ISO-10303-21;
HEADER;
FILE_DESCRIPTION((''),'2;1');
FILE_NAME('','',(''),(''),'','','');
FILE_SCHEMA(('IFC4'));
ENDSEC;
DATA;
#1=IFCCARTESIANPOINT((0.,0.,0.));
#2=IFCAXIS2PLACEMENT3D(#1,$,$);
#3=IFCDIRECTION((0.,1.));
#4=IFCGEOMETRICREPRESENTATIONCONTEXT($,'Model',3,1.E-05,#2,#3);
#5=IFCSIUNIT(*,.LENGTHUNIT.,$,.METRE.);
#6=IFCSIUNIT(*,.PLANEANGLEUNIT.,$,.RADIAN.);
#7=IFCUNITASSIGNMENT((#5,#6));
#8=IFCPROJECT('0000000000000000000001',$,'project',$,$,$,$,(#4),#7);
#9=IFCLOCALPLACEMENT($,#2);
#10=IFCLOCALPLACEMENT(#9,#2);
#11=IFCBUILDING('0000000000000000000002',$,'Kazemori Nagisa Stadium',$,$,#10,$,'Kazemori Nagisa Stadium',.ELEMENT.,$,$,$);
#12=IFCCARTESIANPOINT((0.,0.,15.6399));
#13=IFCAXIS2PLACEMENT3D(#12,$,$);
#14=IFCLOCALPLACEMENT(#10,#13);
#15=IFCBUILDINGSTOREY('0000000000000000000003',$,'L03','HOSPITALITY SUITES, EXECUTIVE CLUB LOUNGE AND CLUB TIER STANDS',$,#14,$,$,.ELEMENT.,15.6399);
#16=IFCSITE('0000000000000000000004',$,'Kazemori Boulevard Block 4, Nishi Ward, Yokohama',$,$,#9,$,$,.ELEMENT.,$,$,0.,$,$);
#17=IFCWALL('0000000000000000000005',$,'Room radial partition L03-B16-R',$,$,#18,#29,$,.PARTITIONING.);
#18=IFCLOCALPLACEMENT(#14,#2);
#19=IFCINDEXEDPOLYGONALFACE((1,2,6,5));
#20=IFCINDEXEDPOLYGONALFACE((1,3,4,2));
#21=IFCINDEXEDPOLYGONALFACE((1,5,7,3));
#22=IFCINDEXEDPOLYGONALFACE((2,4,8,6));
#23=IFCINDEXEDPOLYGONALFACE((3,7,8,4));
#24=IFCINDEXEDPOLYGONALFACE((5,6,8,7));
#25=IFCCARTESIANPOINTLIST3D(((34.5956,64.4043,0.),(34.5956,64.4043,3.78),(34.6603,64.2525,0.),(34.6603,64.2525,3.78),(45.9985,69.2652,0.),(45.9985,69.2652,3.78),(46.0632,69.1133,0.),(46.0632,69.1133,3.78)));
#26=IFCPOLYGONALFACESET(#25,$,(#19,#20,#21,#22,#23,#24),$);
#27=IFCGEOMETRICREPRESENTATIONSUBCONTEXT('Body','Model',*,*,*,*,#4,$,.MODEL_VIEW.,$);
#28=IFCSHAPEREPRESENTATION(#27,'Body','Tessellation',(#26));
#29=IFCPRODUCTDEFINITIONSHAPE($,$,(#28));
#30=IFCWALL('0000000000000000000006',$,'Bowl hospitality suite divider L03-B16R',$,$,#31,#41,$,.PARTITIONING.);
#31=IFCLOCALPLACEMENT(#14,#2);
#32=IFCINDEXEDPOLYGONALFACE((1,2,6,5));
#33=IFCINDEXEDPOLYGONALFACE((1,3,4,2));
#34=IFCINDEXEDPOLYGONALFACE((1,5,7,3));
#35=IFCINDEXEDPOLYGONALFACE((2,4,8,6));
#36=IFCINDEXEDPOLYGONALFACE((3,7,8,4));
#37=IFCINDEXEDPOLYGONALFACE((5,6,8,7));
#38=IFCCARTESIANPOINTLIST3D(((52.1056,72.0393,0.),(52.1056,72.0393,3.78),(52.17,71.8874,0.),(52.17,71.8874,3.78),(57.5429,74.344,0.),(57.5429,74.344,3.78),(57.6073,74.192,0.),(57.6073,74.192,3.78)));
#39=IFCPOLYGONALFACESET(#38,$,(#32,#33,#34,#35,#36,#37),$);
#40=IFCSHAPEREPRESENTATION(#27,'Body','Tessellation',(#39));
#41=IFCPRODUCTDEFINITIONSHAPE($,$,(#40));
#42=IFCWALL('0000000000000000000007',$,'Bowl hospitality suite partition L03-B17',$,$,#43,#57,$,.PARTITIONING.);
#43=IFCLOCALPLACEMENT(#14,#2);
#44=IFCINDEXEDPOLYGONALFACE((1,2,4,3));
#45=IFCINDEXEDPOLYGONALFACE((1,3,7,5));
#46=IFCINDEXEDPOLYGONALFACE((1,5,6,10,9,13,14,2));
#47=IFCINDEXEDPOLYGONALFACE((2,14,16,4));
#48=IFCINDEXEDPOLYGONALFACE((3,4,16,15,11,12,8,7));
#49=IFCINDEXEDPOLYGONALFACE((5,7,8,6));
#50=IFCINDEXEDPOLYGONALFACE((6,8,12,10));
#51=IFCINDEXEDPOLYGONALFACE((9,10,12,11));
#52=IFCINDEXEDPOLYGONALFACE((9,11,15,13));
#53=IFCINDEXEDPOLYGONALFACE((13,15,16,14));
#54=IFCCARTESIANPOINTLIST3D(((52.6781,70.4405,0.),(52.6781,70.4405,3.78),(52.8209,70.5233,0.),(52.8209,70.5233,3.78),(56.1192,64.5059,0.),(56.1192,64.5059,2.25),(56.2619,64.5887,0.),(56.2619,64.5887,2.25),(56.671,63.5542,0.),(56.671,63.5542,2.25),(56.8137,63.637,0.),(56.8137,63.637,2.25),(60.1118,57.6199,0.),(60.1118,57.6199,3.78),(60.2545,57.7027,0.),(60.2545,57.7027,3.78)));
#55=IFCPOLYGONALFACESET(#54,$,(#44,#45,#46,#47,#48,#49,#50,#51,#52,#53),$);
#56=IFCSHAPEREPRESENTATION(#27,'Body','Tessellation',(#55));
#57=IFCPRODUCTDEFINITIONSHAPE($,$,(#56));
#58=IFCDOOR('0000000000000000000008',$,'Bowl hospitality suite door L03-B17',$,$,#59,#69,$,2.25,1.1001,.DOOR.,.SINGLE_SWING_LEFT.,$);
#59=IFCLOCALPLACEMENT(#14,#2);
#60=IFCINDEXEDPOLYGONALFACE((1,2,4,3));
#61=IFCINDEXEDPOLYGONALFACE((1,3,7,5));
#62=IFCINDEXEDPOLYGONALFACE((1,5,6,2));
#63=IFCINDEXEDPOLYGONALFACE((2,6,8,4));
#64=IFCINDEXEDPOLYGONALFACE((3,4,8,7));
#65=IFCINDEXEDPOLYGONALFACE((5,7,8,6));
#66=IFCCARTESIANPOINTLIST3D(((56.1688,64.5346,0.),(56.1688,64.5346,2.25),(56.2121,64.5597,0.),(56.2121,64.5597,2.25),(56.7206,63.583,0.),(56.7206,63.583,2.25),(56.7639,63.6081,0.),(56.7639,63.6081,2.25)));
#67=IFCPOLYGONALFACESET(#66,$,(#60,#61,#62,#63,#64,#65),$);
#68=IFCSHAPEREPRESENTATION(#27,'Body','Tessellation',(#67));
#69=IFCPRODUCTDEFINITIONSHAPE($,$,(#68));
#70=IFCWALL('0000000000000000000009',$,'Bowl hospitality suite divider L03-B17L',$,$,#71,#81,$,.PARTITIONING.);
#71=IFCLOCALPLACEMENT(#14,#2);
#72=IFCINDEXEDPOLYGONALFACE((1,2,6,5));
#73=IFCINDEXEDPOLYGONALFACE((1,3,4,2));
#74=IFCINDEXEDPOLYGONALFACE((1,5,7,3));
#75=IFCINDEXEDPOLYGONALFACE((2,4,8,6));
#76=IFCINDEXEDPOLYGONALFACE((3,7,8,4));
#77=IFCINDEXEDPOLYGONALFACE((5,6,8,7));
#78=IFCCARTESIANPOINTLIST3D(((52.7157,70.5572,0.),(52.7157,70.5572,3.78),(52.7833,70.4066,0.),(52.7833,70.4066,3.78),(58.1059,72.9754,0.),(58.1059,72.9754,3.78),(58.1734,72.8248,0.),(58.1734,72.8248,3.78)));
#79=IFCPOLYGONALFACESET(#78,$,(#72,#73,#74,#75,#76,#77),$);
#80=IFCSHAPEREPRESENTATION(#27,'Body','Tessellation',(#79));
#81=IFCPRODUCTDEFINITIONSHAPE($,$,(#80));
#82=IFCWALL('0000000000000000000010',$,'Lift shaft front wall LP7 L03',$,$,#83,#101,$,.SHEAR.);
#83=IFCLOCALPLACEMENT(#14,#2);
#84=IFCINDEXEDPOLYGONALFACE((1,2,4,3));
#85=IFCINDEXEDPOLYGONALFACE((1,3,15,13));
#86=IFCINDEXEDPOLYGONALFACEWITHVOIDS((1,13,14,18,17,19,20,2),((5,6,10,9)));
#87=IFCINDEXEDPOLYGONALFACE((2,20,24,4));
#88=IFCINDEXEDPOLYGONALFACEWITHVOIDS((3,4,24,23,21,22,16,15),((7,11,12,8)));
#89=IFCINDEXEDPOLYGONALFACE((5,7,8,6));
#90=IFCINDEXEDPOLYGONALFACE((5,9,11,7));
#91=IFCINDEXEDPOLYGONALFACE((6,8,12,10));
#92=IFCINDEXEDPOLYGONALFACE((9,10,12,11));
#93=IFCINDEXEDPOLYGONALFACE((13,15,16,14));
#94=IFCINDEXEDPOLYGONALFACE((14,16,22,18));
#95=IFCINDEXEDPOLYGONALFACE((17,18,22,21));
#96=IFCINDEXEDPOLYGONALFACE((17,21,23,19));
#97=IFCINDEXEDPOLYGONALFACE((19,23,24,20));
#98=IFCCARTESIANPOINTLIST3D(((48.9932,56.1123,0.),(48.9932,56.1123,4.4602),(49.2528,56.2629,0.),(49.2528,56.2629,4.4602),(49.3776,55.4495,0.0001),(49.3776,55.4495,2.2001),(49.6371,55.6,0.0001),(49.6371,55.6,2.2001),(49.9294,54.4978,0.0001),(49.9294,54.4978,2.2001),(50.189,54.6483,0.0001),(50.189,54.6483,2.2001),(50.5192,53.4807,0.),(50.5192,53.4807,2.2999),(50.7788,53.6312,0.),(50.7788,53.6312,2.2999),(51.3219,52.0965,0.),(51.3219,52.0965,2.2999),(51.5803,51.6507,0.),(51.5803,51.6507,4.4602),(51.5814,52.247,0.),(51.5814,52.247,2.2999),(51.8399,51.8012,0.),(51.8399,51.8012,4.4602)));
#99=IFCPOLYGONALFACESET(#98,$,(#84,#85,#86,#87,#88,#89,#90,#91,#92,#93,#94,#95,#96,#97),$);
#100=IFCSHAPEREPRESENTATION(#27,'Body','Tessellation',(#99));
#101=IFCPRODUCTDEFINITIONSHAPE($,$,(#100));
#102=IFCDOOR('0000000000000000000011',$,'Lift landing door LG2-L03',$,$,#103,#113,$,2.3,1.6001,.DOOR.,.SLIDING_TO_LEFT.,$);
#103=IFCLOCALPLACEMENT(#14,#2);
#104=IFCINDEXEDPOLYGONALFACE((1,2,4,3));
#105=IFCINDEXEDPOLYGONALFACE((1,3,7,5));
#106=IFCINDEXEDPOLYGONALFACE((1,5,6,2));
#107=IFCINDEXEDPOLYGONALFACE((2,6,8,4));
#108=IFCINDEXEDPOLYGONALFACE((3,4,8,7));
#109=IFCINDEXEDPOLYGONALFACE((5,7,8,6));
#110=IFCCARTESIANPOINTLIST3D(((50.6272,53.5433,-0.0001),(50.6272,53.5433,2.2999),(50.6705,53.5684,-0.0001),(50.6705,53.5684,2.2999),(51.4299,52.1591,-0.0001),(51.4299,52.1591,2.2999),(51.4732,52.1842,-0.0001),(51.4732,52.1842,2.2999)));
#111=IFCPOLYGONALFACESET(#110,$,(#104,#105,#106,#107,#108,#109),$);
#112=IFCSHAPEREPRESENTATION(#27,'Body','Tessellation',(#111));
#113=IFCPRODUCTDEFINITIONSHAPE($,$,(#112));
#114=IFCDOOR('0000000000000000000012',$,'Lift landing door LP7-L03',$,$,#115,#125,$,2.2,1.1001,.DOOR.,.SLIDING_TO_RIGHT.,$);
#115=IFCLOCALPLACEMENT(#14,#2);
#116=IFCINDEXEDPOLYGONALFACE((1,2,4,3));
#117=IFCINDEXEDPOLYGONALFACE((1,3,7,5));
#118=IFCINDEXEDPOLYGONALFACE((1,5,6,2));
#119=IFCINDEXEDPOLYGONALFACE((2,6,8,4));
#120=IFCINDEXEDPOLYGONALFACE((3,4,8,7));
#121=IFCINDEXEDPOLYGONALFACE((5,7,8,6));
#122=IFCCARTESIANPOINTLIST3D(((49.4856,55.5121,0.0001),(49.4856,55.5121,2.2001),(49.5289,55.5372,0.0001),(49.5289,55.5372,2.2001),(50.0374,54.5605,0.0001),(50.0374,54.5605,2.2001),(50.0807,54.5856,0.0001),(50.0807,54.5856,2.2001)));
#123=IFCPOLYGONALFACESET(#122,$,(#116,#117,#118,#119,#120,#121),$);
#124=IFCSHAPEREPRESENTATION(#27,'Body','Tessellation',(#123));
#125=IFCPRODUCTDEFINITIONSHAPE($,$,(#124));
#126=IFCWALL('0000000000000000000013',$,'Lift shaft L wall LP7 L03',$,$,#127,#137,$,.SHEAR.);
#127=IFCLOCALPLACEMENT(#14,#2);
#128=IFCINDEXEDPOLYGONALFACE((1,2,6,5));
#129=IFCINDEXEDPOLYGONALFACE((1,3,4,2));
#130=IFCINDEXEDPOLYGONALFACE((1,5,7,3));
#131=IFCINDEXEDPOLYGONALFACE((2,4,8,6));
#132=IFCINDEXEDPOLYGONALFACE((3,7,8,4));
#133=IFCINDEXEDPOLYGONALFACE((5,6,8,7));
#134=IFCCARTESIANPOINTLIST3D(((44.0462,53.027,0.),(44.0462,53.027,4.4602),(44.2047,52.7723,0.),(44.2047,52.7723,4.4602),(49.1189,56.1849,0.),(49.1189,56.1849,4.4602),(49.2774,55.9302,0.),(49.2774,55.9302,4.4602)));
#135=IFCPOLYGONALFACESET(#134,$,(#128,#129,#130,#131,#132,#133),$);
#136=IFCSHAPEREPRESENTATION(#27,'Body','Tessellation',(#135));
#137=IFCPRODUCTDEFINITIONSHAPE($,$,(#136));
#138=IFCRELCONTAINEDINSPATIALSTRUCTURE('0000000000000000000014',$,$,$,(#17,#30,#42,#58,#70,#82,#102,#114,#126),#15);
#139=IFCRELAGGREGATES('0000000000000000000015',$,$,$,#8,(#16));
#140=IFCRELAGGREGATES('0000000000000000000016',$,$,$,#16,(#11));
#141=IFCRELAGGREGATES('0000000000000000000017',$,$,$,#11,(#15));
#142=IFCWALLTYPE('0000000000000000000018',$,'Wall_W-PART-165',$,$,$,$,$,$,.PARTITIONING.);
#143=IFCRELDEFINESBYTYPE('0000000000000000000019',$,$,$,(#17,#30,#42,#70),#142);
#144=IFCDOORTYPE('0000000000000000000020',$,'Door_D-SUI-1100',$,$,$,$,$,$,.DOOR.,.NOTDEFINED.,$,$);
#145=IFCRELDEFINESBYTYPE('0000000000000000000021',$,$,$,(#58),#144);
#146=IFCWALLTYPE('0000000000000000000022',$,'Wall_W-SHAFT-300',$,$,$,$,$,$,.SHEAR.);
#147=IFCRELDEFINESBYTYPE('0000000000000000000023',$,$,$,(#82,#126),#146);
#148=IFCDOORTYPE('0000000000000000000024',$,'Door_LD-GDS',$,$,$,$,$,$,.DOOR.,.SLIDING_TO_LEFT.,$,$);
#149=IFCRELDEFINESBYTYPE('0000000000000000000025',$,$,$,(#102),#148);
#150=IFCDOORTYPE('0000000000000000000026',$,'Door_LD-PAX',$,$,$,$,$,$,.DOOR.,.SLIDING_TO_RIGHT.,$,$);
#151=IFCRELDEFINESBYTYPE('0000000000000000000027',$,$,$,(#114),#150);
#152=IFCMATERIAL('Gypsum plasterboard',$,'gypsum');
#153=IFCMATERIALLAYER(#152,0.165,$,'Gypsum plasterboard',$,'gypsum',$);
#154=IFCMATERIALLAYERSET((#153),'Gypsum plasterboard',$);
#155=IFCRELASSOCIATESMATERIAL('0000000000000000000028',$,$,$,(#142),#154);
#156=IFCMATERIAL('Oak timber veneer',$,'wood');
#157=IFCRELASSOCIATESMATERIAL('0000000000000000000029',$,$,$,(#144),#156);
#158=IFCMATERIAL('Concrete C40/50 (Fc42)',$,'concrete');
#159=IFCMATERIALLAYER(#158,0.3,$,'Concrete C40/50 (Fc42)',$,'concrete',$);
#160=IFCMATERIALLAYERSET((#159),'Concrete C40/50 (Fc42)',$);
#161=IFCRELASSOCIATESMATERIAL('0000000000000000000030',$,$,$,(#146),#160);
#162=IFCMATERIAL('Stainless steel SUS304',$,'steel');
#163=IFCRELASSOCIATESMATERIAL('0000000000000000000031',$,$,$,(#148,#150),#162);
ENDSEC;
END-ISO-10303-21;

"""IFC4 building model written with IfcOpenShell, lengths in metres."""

from ifc_helpers import new_model, si_unit, direction, frame, frame_2d, origin, place, context, subcontext, project, spatial, rectangle, extrude, material, layer, layer_set, type_object, element, fill, save


model = new_model("IFC4")

# Units and contexts
model_context = context("Model", 3, precision=1e-05, world=origin(), true_north=direction((0.0, 1.0)))
body_context = subcontext(model_context, "Body", "Model", "MODEL_VIEW")
ifc_project = project(units=[si_unit("LENGTHUNIT", "METRE"), si_unit("PLANEANGLEUNIT", "RADIAN")], contexts=[model_context])

# Site, building, storey
site_placement = place(None, origin())
site = spatial("IfcSite", under=ifc_project, at=site_placement, Name="Kazemori Boulevard Block 4, Nishi Ward, Yokohama", CompositionType="ELEMENT", RefElevation=0.0)
building_placement = place(site_placement, origin())
building = spatial("IfcBuilding", under=site, at=building_placement, Name="Kazemori Nagisa Stadium", LongName="Kazemori Nagisa Stadium", CompositionType="ELEMENT")
storey_placement = place(building_placement, frame((0.0, 0.0, 15.6399)))
storey = spatial("IfcBuildingStorey", under=building, at=storey_placement, Name="L03", Description="HOSPITALITY SUITES, EXECUTIVE CLUB LOUNGE AND CLUB TIER STANDS", CompositionType="ELEMENT", Elevation=15.6399)

# Shared definitions
ifc_material_1 = material(Name="Concrete C40/50 (Fc42)", Category="concrete")

# Walls
ifc_material_2 = material(Name="Gypsum plasterboard", Category="gypsum")
ifc_layer_1 = layer(ifc_material_2, 0.165, Name="Gypsum plasterboard", Category="gypsum")
ifc_layer_set_1 = layer_set([ifc_layer_1], Name="Gypsum plasterboard")
wall_type_1 = type_object("IfcWallType", Name="Wall_W-PART-165", PredefinedType="PARTITIONING", material=ifc_layer_set_1)
wall_1_placement = place(storey_placement, frame((46.0308, 69.1892, 0.0), z_axis=(0.0, 0.0, 1.0), x_axis=(-0.919905, -0.392141, 0.0)))
element("IfcWall", 1, at=wall_1_placement, inside=storey, type_object=wall_type_1, Name="Room radial partition L03-B16-R", PredefinedType="PARTITIONING", context=body_context, shape_type="SweptSolid", body=[
    extrude(rectangle(XDim=12.3958, YDim=0.165, at=frame_2d((6.1978, 0.0))), origin(), (0.0, 0.0, 1.0), 3.78),
])
wall_2_placement = place(storey_placement, frame((52.1379, 71.9634, 0.0), z_axis=(0.0, 0.0, 1.0), x_axis=(0.920705, 0.390259, 0.0)))
element("IfcWall", 2, at=wall_2_placement, inside=storey, type_object=wall_type_1, Name="Bowl hospitality suite divider L03-B16R", PredefinedType="PARTITIONING", context=body_context, shape_type="SweptSolid", body=[
    extrude(rectangle(XDim=5.9055, YDim=0.165, at=frame_2d((2.9526, 0.0))), origin(), (0.0, 0.0, 1.0), 3.78),
])

# Wall, opening, door
wall_3_placement = place(storey_placement, frame((52.7495, 70.4819, 0.0), z_axis=(0.0, 0.0, 1.0), x_axis=(0.5016, -0.865099, 0.0)))
wall_3 = element("IfcWall", 3, at=wall_3_placement, inside=storey, type_object=wall_type_1, Name="Bowl hospitality suite partition L03-B17", PredefinedType="PARTITIONING", context=body_context, shape_type="SweptSolid", body=[
    extrude(rectangle(XDim=14.8198, YDim=0.165, at=frame_2d((7.4099, 0.0))), origin(), (0.0, 0.0, 1.0), 3.78),
])
opening_1_placement = place(wall_3_placement, frame((6.8601, 0.0, 0.0)))
opening_1 = element("IfcOpeningElement", 4, at=opening_1_placement, cuts=wall_3, PredefinedType="OPENING", context=body_context, shape_type="SweptSolid", body=[
    extrude(rectangle(XDim=1.1001, YDim=2.25, at=frame_2d((0.55, 1.125))), frame((0.0, 0.0925, 0.0), z_axis=(0.0, -1.0, 0.0), x_axis=(1.0, 0.0, 0.0)), (0.0, 0.0, 1.0), 0.1851),
])
ifc_material_3 = material(Name="Oak timber veneer", Category="wood")
door_type_1 = type_object("IfcDoorType", Name="Door_D-SUI-1100", OperationType="NOTDEFINED", PredefinedType="DOOR", material=ifc_material_3)
door_1_placement = place(opening_1_placement, origin())
door_1 = element("IfcDoor", 5, at=door_1_placement, inside=storey, type_object=door_type_1, Name="Bowl hospitality suite door L03-B17", OperationType="SINGLE_SWING_LEFT", OverallHeight=2.25, OverallWidth=1.1001, PredefinedType="DOOR", context=body_context, shape_type="SweptSolid", body=[
    extrude(rectangle(XDim=1.1001, YDim=2.25, at=frame_2d((0.55, 1.125))), frame((0.0, 0.0249, 0.0), z_axis=(0.0, -1.0, 0.0), x_axis=(1.0, 0.0, 0.0)), (0.0, 0.0, 1.0), 0.05),
])
fill(opening_1, door_1)

# Wall
wall_4_placement = place(storey_placement, frame((52.7495, 70.4819, 0.0), z_axis=(0.0, 0.0, 1.0), x_axis=(0.912386, 0.40933, 0.0)))
element("IfcWall", 6, at=wall_4_placement, inside=storey, type_object=wall_type_1, Name="Bowl hospitality suite divider L03-B17L", PredefinedType="PARTITIONING", context=body_context, shape_type="SweptSolid", body=[
    extrude(rectangle(XDim=5.9077, YDim=0.165, at=frame_2d((2.9539, 0.0))), origin(), (0.0, 0.0, 1.0), 3.78),
])

# Wall, openings, doors
ifc_layer_2 = layer(ifc_material_1, 0.3, Name="Concrete C40/50 (Fc42)", Category="concrete")
ifc_layer_set_2 = layer_set([ifc_layer_2], Name="Concrete C40/50 (Fc42)")
wall_type_2 = type_object("IfcWallType", Name="Wall_W-SHAFT-300", PredefinedType="SHEAR", material=ifc_layer_set_2)
wall_5_placement = place(storey_placement, frame((49.123, 56.1875, 0.0), z_axis=(0.0, 0.0, 1.0), x_axis=(0.50163, -0.865083, 0.0)))
wall_5 = element("IfcWall", 7, at=wall_5_placement, inside=storey, type_object=wall_type_2, Name="Lift shaft front wall LP7 L03", PredefinedType="SHEAR", context=body_context, shape_type="SweptSolid", body=[
    extrude(rectangle(XDim=5.1575, YDim=0.3, at=frame_2d((2.5786, 0.0))), origin(), (0.0, 0.0, 1.0), 4.4602),
])
opening_2_placement = place(wall_5_placement, frame((0.7661, 0.0, 0.0)))
opening_2 = element("IfcOpeningElement", 8, at=opening_2_placement, cuts=wall_5, PredefinedType="OPENING", context=body_context, shape_type="SweptSolid", body=[
    extrude(rectangle(XDim=1.1001, YDim=2.2, at=frame_2d((0.55, 1.1001))), frame((0.0, 0.1599, 0.0), z_axis=(0.0, -1.0, 0.0), x_axis=(1.0, 0.0, 0.0)), (0.0, 0.0, 1.0), 0.3201),
])
opening_3_placement = place(wall_5_placement, frame((3.042, 0.0, 0.0)))
opening_3 = element("IfcOpeningElement", 9, at=opening_3_placement, cuts=wall_5, PredefinedType="OPENING", context=body_context, shape_type="SweptSolid", body=[
    extrude(rectangle(XDim=1.6001, YDim=2.3, at=frame_2d((0.8, 1.1499))), frame((0.0, 0.1599, 0.0), z_axis=(0.0, -1.0, 0.0), x_axis=(1.0, 0.0, 0.0)), (0.0, 0.0, 1.0), 0.3201),
])
ifc_material_4 = material(Name="Stainless steel SUS304", Category="steel")
door_type_2 = type_object("IfcDoorType", Name="Door_LD-GDS", OperationType="SLIDING_TO_LEFT", PredefinedType="DOOR", material=ifc_material_4)
door_2_placement = place(opening_3_placement, origin())
door_2 = element("IfcDoor", 10, at=door_2_placement, inside=storey, type_object=door_type_2, Name="Lift landing door LG2-L03", OperationType="SLIDING_TO_LEFT", OverallHeight=2.3, OverallWidth=1.6001, PredefinedType="DOOR", context=body_context, shape_type="SweptSolid", body=[
    extrude(rectangle(XDim=1.6001, YDim=2.3, at=frame_2d((0.8, 1.1499))), frame((0.0, 0.0249, 0.0), z_axis=(0.0, -1.0, 0.0), x_axis=(1.0, 0.0, 0.0)), (0.0, 0.0, 1.0), 0.05),
])
fill(opening_3, door_2)
door_type_3 = type_object("IfcDoorType", Name="Door_LD-PAX", OperationType="SLIDING_TO_RIGHT", PredefinedType="DOOR", material=ifc_material_4)
door_3_placement = place(opening_2_placement, origin())
door_3 = element("IfcDoor", 11, at=door_3_placement, inside=storey, type_object=door_type_3, Name="Lift landing door LP7-L03", OperationType="SLIDING_TO_RIGHT", OverallHeight=2.2, OverallWidth=1.1001, PredefinedType="DOOR", context=body_context, shape_type="SweptSolid", body=[
    extrude(rectangle(XDim=1.1001, YDim=2.2, at=frame_2d((0.55, 1.1001))), frame((0.0, 0.0249, 0.0), z_axis=(0.0, -1.0, 0.0), x_axis=(1.0, 0.0, 0.0)), (0.0, 0.0, 1.0), 0.05),
])
fill(opening_2, door_3)

# Wall
wall_6_placement = place(storey_placement, frame((49.1982, 56.0576, 0.0), z_axis=(0.0, 0.0, 1.0), x_axis=(-0.848938, -0.528492, 0.0)))
element("IfcWall", 12, at=wall_6_placement, inside=storey, type_object=wall_type_2, Name="Lift shaft L wall LP7 L03", PredefinedType="SHEAR", context=body_context, shape_type="SweptSolid", body=[
    extrude(rectangle(XDim=5.9753, YDim=0.3, at=frame_2d((2.9878, 0.0))), origin(), (0.0, 0.0, 1.0), 4.4602),
])

save(model, "model.ifc")
